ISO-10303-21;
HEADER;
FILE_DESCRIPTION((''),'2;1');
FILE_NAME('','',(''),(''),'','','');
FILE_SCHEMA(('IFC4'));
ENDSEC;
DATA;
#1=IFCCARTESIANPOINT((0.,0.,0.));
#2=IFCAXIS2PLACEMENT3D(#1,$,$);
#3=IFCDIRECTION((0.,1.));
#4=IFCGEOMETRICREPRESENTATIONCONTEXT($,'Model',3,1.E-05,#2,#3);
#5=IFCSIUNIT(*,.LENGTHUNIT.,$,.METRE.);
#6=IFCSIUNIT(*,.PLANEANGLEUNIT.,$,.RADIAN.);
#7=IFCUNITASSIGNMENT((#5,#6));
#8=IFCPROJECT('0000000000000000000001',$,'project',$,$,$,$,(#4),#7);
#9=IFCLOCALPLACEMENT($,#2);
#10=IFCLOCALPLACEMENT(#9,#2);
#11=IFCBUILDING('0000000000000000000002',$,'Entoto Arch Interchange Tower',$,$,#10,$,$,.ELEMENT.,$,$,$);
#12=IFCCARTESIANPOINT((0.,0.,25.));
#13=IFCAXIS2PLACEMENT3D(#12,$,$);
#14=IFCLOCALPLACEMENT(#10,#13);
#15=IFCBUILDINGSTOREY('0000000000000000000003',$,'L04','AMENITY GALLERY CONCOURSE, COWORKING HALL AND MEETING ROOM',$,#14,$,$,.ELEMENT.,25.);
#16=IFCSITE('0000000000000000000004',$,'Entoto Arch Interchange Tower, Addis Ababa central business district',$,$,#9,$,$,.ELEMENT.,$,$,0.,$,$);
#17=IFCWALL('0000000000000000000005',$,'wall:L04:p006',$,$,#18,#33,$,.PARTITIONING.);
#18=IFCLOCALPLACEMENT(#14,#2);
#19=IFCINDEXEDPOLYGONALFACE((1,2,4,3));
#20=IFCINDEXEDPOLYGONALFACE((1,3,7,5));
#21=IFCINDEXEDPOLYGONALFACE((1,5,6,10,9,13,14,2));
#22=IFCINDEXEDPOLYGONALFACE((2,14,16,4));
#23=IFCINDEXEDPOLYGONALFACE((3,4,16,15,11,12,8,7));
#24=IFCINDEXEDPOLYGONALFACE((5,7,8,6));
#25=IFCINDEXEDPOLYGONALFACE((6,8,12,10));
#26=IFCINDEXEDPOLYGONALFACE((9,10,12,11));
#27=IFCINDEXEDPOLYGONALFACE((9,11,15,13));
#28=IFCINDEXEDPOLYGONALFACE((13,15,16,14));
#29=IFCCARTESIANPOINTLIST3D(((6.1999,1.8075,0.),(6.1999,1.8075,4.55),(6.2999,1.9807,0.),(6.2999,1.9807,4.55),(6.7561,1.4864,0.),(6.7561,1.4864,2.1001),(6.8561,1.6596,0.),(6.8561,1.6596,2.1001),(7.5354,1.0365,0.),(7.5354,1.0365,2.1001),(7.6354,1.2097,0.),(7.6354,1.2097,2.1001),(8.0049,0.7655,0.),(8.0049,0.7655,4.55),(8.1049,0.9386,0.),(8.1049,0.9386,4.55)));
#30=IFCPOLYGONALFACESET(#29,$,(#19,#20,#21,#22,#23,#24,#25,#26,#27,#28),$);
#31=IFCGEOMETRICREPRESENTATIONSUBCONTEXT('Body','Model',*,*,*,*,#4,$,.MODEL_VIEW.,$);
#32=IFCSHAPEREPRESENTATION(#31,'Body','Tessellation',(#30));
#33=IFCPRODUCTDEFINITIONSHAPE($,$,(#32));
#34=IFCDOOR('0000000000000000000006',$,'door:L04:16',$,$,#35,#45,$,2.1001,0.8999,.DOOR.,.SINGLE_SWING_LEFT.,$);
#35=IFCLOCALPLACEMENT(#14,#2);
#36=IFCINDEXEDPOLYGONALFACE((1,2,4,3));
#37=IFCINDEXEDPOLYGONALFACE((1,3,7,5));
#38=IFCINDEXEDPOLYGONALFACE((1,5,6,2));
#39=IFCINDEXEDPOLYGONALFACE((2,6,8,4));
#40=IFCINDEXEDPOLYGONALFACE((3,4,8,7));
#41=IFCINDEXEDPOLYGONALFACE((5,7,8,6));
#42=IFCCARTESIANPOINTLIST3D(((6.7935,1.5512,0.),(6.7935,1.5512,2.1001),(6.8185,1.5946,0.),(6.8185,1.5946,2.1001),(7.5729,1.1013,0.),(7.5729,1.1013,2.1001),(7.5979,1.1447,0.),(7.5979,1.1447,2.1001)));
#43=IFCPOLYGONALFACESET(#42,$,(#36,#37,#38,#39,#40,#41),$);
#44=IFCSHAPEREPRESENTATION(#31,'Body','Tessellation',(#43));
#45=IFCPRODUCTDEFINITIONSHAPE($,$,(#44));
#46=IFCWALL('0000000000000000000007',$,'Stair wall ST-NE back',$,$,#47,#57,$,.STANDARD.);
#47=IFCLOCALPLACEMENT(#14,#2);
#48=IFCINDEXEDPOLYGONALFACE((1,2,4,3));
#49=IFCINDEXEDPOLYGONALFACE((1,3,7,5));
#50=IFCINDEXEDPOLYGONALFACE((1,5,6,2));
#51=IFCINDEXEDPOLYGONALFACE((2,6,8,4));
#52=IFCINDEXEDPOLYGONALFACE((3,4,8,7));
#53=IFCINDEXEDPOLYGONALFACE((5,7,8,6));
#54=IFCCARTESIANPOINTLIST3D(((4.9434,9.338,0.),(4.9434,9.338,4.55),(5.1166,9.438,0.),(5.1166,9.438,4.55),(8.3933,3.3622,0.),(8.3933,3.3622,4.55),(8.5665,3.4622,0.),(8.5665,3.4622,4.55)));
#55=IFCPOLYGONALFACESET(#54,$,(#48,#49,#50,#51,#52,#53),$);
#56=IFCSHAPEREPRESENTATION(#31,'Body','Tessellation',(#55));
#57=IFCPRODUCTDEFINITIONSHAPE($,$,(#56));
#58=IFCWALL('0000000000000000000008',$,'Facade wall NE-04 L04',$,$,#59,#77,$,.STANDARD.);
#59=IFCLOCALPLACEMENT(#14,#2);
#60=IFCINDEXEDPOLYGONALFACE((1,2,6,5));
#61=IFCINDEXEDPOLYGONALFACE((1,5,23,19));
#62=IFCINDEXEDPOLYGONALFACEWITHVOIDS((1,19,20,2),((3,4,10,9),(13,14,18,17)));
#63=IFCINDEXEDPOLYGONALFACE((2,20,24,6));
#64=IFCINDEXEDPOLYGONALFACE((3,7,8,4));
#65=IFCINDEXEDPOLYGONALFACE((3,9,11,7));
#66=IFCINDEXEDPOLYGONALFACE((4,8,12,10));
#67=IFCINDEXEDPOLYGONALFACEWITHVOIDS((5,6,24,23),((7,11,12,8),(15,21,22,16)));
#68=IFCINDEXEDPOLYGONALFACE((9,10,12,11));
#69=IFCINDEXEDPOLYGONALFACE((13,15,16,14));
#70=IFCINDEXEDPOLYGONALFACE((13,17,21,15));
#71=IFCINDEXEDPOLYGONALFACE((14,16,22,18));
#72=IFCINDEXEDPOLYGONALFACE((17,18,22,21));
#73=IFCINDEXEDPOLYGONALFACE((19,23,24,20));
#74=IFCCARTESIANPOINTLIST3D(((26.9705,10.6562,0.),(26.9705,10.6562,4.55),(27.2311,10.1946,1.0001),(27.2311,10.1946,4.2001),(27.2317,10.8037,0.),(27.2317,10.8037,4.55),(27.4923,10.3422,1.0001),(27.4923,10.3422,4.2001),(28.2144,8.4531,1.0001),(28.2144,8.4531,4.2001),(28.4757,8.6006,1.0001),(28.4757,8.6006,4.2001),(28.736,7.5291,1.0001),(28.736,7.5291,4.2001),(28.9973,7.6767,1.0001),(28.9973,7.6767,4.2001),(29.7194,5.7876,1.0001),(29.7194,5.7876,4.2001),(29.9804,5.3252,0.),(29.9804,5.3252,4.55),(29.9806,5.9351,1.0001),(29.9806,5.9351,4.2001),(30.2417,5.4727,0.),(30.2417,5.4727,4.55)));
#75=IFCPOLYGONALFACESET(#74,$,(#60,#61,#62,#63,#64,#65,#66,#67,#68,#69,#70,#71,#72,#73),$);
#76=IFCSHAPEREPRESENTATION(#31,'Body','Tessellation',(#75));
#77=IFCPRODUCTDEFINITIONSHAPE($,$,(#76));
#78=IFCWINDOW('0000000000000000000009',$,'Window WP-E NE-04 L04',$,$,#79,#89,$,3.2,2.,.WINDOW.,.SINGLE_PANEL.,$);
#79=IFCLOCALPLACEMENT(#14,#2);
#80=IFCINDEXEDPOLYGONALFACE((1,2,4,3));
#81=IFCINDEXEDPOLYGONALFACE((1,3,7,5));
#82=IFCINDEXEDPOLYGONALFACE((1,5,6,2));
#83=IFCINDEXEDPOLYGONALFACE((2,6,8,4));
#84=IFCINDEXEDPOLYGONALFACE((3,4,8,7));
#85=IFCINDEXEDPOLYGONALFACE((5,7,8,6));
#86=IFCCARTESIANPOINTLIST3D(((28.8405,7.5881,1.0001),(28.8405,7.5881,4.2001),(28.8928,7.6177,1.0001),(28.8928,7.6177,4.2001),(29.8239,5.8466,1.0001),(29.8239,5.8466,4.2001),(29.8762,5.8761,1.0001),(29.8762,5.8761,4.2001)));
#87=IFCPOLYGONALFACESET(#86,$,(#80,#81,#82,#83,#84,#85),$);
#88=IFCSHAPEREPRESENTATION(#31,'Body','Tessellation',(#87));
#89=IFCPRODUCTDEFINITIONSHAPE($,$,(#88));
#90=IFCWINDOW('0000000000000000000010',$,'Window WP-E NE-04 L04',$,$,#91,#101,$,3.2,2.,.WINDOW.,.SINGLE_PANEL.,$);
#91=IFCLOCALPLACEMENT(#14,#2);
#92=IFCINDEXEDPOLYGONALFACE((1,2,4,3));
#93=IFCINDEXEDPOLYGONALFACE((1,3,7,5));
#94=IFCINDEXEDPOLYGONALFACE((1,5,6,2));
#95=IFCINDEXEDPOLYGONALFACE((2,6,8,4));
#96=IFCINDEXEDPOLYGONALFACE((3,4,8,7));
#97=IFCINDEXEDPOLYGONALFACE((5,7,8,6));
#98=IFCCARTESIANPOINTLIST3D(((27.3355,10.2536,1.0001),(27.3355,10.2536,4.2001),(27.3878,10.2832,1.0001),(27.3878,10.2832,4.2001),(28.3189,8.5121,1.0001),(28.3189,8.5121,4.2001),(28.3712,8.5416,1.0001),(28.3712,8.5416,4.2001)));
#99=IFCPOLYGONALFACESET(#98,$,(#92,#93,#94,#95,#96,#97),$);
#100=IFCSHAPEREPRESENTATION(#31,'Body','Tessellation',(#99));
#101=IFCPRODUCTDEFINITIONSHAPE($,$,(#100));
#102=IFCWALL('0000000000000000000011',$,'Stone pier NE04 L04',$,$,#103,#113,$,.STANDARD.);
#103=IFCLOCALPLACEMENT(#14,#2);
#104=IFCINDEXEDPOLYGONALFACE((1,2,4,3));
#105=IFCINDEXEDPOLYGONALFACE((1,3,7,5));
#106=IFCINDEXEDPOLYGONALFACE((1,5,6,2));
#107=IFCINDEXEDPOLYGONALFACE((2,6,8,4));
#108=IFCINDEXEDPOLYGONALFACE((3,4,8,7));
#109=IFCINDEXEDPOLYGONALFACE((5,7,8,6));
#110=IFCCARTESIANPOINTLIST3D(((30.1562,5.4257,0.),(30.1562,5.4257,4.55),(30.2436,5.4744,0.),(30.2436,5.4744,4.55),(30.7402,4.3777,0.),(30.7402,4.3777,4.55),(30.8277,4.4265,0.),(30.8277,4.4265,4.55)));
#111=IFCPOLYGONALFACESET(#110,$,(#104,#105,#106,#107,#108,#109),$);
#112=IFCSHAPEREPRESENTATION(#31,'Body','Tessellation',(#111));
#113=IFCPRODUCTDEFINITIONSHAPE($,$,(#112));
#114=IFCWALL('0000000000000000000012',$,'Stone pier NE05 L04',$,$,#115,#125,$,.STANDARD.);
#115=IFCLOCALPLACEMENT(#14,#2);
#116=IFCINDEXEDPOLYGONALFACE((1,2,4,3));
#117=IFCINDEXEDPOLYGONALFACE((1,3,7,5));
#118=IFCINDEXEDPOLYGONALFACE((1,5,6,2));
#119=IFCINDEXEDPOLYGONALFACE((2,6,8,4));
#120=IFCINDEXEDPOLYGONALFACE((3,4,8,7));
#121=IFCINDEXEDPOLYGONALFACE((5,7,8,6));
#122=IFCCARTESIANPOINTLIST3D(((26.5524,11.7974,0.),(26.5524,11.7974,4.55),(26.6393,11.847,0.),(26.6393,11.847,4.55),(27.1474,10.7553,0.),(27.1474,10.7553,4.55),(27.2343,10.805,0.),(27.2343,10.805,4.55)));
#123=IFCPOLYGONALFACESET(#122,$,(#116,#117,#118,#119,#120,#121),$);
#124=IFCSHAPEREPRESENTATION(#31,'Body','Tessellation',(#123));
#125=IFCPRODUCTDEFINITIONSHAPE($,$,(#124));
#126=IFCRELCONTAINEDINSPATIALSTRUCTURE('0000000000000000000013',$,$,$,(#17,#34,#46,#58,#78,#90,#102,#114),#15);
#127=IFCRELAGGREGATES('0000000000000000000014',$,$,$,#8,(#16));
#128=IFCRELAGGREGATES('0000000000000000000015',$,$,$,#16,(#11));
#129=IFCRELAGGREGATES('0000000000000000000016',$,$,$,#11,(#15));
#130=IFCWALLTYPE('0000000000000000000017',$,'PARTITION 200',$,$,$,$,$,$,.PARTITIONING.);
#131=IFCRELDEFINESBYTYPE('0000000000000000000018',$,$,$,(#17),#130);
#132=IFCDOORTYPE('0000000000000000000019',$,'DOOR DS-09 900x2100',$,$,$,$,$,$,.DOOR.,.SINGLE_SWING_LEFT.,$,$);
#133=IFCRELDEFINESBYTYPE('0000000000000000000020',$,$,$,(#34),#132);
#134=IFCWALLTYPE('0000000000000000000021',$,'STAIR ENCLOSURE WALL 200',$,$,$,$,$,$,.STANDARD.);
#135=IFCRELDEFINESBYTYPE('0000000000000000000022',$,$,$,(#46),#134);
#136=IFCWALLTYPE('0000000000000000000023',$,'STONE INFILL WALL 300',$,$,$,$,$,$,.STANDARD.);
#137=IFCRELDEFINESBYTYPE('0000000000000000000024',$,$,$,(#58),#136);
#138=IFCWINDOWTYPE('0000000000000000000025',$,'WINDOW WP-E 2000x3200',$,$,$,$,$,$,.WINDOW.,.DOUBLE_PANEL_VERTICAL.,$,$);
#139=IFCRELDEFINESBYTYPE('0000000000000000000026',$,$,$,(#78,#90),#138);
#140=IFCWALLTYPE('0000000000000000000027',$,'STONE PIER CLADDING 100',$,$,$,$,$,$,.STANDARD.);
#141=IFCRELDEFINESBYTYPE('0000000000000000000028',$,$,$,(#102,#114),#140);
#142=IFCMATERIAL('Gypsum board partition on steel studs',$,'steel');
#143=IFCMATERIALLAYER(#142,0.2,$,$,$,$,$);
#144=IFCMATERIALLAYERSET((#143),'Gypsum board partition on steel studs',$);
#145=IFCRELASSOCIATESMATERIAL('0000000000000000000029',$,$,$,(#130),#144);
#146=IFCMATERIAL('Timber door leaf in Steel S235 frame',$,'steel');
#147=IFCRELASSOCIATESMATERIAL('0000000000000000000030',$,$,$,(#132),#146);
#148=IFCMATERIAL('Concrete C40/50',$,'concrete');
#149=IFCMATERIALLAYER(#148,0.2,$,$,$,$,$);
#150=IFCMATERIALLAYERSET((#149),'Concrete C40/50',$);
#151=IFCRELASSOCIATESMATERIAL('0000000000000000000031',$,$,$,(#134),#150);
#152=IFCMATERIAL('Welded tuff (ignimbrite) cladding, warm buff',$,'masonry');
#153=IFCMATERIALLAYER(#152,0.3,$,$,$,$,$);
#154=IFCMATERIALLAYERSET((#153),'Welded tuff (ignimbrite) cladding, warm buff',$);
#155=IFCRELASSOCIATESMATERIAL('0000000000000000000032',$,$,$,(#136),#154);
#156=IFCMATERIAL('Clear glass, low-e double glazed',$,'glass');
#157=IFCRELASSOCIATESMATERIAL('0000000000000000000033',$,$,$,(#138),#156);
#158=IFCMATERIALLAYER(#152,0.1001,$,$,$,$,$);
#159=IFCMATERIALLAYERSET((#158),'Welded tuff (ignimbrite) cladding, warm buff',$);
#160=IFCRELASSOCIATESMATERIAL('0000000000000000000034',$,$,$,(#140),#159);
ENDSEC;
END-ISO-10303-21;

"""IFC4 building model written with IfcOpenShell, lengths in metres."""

from ifc_helpers import new_model, si_unit, direction, frame, frame_2d, origin, place, context, subcontext, project, spatial, rectangle, extrude, material, layer, layer_set, type_object, element, fill, save


model = new_model("IFC4")

# Units and contexts
model_context = context("Model", 3, precision=1e-05, world=origin(), true_north=direction((0.0, 1.0)))
body_context = subcontext(model_context, "Body", "Model", "MODEL_VIEW")
ifc_project = project(units=[si_unit("LENGTHUNIT", "METRE"), si_unit("PLANEANGLEUNIT", "RADIAN")], contexts=[model_context])

# Site, building, storey
site_placement = place(None, origin())
site = spatial("IfcSite", under=ifc_project, at=site_placement, Name="Entoto Arch Interchange Tower, Addis Ababa central business district", CompositionType="ELEMENT", RefElevation=0.0)
building_placement = place(site_placement, origin())
building = spatial("IfcBuilding", under=site, at=building_placement, Name="Entoto Arch Interchange Tower", CompositionType="ELEMENT")
storey_placement = place(building_placement, frame((0.0, 0.0, 25.0)))
storey = spatial("IfcBuildingStorey", under=building, at=storey_placement, Name="L04", Description="AMENITY GALLERY CONCOURSE, COWORKING HALL AND MEETING ROOM", CompositionType="ELEMENT", Elevation=25.0)

# Shared definitions
ifc_material_1 = material(Name="Concrete C40/50", Category="concrete")
ifc_material_2 = material(Name="Gypsum board partition on steel studs", Category="steel")

# Shared definitions
ifc_material_3 = material(Name="Timber door leaf in Steel S235 frame", Category="steel")

# Shared definitions
ifc_layer_1 = layer(ifc_material_2, 0.2)
ifc_layer_set_1 = layer_set([ifc_layer_1], Name="Gypsum board partition on steel studs")
wall_type_1 = type_object("IfcWallType", Name="PARTITION 200", PredefinedType="PARTITIONING", material=ifc_layer_set_1)

# Wall, opening, door
wall_1_placement = place(storey_placement, frame((6.25, 1.894, 0.0), z_axis=(0.0, 0.0, 1.0), x_axis=(0.866043, -0.499969, 0.0)))
wall_1 = element("IfcWall", 1, at=wall_1_placement, inside=storey, type_object=wall_type_1, Name="wall:L04:p006", PredefinedType="PARTITIONING", context=body_context, shape_type="SweptSolid", body=[
    extrude(rectangle(XDim=2.0842, YDim=0.2, at=frame_2d((1.042, 0.0))), origin(), (0.0, 0.0, 1.0), 4.55),
])
opening_1_placement = place(wall_1_placement, frame((0.6421, 0.0, 0.0)))
opening_1 = element("IfcOpeningElement", 2, at=opening_1_placement, cuts=wall_1, PredefinedType="OPENING", context=body_context, shape_type="SweptSolid", body=[
    extrude(rectangle(XDim=0.8999, YDim=2.1001, at=frame_2d((0.45, 1.05))), frame((0.0, 0.1099, 0.0), z_axis=(0.0, -1.0, 0.0), x_axis=(1.0, 0.0, 0.0)), (0.0, 0.0, 1.0), 0.22),
])
door_type_1 = type_object("IfcDoorType", Name="DOOR DS-09 900x2100", OperationType="SINGLE_SWING_LEFT", PredefinedType="DOOR", material=ifc_material_3)
door_1_placement = place(opening_1_placement, origin())
door_1 = element("IfcDoor", 3, at=door_1_placement, inside=storey, type_object=door_type_1, Name="door:L04:16", OperationType="SINGLE_SWING_LEFT", OverallHeight=2.1001, OverallWidth=0.8999, PredefinedType="DOOR", context=body_context, shape_type="SweptSolid", body=[
    extrude(rectangle(XDim=0.8999, YDim=2.1001, at=frame_2d((0.45, 1.05))), frame((0.0, 0.0249, 0.0), z_axis=(0.0, -1.0, 0.0), x_axis=(1.0, 0.0, 0.0)), (0.0, 0.0, 1.0), 0.05),
])
fill(opening_1, door_1)

# Wall
ifc_layer_2 = layer(ifc_material_1, 0.2)
ifc_layer_set_2 = layer_set([ifc_layer_2], Name="Concrete C40/50")
wall_type_2 = type_object("IfcWallType", Name="STAIR ENCLOSURE WALL 200", PredefinedType="STANDARD", material=ifc_layer_set_2)
wall_2_placement = place(storey_placement, frame((8.48, 3.4121, 0.0), z_axis=(0.0, 0.0, 1.0), x_axis=(-0.499979, 0.866038, 0.0)))
element("IfcWall", 4, at=wall_2_placement, inside=storey, type_object=wall_type_2, Name="Stair wall ST-NE back", PredefinedType="STANDARD", context=body_context, shape_type="SweptSolid", body=[
    extrude(rectangle(XDim=6.9001, YDim=0.2, at=frame_2d((3.4502, 0.0))), origin(), (0.0, 0.0, 1.0), 4.55),
])

# Wall, openings, windows
ifc_material_4 = material(Name="Welded tuff (ignimbrite) cladding, warm buff", Category="masonry")
ifc_layer_3 = layer(ifc_material_4, 0.3)
ifc_layer_set_3 = layer_set([ifc_layer_3], Name="Welded tuff (ignimbrite) cladding, warm buff")
wall_type_3 = type_object("IfcWallType", Name="STONE INFILL WALL 300", PredefinedType="STANDARD", material=ifc_layer_set_3)
wall_3_placement = place(storey_placement, frame((30.1111, 5.3989, 0.0), z_axis=(0.0, 0.0, 1.0), x_axis=(-0.491662, 0.870786, 0.0)))
wall_3 = element("IfcWall", 5, at=wall_3_placement, inside=storey, type_object=wall_type_3, Name="Facade wall NE-04 L04", PredefinedType="STANDARD", context=body_context, shape_type="SweptSolid", body=[
    extrude(rectangle(XDim=6.1221, YDim=0.3, at=frame_2d((3.061, 0.0))), origin(), (0.0, 0.0, 1.0), 4.55),
])
opening_2_placement = place(wall_3_placement, frame((0.531, 0.0, 1.0)))
opening_2 = element("IfcOpeningElement", 6, at=opening_2_placement, cuts=wall_3, PredefinedType="OPENING", context=body_context, shape_type="SweptSolid", body=[
    extrude(rectangle(XDim=2.0, YDim=3.2, at=frame_2d((1.0, 1.6001))), frame((0.0, 0.1602, 0.0), z_axis=(0.0, -1.0, 0.0), x_axis=(1.0, 0.0, 0.0)), (0.0, 0.0, 1.0), 0.3201),
])
opening_3_placement = place(wall_3_placement, frame((3.592, 0.0, 1.0)))
opening_3 = element("IfcOpeningElement", 7, at=opening_3_placement, cuts=wall_3, PredefinedType="OPENING", context=body_context, shape_type="SweptSolid", body=[
    extrude(rectangle(XDim=2.0, YDim=3.2, at=frame_2d((1.0, 1.6001))), frame((0.0, 0.1602, 0.0), z_axis=(0.0, -1.0, 0.0), x_axis=(1.0, 0.0, 0.0)), (0.0, 0.0, 1.0), 0.3201),
])
ifc_material_5 = material(Name="Clear glass, low-e double glazed", Category="glass")
window_type = type_object("IfcWindowType", Name="WINDOW WP-E 2000x3200", PartitioningType="DOUBLE_PANEL_VERTICAL", PredefinedType="WINDOW", material=ifc_material_5)
window_1_placement = place(opening_2_placement, origin())
window_1 = element("IfcWindow", 8, at=window_1_placement, inside=storey, type_object=window_type, Name="Window WP-E NE-04 L04", OverallHeight=3.2, OverallWidth=2.0, PartitioningType="SINGLE_PANEL", PredefinedType="WINDOW", context=body_context, shape_type="SweptSolid", body=[
    extrude(rectangle(XDim=2.0, YDim=3.2, at=frame_2d((1.0, 1.6001))), frame((0.0, 0.03, 0.0), z_axis=(0.0, -1.0, 0.0), x_axis=(1.0, 0.0, 0.0)), (0.0, 0.0, 1.0), 0.0601),
])
fill(opening_2, window_1)
window_2_placement = place(opening_3_placement, origin())
window_2 = element("IfcWindow", 9, at=window_2_placement, inside=storey, type_object=window_type, Name="Window WP-E NE-04 L04", OverallHeight=3.2, OverallWidth=2.0, PartitioningType="SINGLE_PANEL", PredefinedType="WINDOW", context=body_context, shape_type="SweptSolid", body=[
    extrude(rectangle(XDim=2.0, YDim=3.2, at=frame_2d((1.0, 1.6001))), frame((0.0, 0.03, 0.0), z_axis=(0.0, -1.0, 0.0), x_axis=(1.0, 0.0, 0.0)), (0.0, 0.0, 1.0), 0.0601),
])
fill(opening_3, window_2)

# Walls
ifc_layer_4 = layer(ifc_material_4, 0.1001)
ifc_layer_set_4 = layer_set([ifc_layer_4], Name="Welded tuff (ignimbrite) cladding, warm buff")
wall_type_4 = type_object("IfcWallType", Name="STONE PIER CLADDING 100", PredefinedType="STANDARD", material=ifc_layer_set_4)
wall_4_placement = place(storey_placement, frame((30.7839, 4.4021, 0.0), z_axis=(0.0, 0.0, 1.0), x_axis=(-0.486818, 0.873504, 0.0)))
element("IfcWall", 10, at=wall_4_placement, inside=storey, type_object=wall_type_4, Name="Stone pier NE04 L04", PredefinedType="STANDARD", context=body_context, shape_type="SweptSolid", body=[
    extrude(rectangle(XDim=1.1997, YDim=0.1001, at=frame_2d((0.5999, 0.0))), origin(), (0.0, 0.0, 1.0), 4.55),
])
wall_5_placement = place(storey_placement, frame((27.1909, 10.78, 0.0), z_axis=(0.0, 0.0, 1.0), x_axis=(-0.495854, 0.868406, 0.0)))
element("IfcWall", 11, at=wall_5_placement, inside=storey, type_object=wall_type_4, Name="Stone pier NE05 L04", PredefinedType="STANDARD", context=body_context, shape_type="SweptSolid", body=[
    extrude(rectangle(XDim=1.2, YDim=0.1001, at=frame_2d((0.6001, 0.0))), origin(), (0.0, 0.0, 1.0), 4.55),
])

save(model, "model.ifc")
